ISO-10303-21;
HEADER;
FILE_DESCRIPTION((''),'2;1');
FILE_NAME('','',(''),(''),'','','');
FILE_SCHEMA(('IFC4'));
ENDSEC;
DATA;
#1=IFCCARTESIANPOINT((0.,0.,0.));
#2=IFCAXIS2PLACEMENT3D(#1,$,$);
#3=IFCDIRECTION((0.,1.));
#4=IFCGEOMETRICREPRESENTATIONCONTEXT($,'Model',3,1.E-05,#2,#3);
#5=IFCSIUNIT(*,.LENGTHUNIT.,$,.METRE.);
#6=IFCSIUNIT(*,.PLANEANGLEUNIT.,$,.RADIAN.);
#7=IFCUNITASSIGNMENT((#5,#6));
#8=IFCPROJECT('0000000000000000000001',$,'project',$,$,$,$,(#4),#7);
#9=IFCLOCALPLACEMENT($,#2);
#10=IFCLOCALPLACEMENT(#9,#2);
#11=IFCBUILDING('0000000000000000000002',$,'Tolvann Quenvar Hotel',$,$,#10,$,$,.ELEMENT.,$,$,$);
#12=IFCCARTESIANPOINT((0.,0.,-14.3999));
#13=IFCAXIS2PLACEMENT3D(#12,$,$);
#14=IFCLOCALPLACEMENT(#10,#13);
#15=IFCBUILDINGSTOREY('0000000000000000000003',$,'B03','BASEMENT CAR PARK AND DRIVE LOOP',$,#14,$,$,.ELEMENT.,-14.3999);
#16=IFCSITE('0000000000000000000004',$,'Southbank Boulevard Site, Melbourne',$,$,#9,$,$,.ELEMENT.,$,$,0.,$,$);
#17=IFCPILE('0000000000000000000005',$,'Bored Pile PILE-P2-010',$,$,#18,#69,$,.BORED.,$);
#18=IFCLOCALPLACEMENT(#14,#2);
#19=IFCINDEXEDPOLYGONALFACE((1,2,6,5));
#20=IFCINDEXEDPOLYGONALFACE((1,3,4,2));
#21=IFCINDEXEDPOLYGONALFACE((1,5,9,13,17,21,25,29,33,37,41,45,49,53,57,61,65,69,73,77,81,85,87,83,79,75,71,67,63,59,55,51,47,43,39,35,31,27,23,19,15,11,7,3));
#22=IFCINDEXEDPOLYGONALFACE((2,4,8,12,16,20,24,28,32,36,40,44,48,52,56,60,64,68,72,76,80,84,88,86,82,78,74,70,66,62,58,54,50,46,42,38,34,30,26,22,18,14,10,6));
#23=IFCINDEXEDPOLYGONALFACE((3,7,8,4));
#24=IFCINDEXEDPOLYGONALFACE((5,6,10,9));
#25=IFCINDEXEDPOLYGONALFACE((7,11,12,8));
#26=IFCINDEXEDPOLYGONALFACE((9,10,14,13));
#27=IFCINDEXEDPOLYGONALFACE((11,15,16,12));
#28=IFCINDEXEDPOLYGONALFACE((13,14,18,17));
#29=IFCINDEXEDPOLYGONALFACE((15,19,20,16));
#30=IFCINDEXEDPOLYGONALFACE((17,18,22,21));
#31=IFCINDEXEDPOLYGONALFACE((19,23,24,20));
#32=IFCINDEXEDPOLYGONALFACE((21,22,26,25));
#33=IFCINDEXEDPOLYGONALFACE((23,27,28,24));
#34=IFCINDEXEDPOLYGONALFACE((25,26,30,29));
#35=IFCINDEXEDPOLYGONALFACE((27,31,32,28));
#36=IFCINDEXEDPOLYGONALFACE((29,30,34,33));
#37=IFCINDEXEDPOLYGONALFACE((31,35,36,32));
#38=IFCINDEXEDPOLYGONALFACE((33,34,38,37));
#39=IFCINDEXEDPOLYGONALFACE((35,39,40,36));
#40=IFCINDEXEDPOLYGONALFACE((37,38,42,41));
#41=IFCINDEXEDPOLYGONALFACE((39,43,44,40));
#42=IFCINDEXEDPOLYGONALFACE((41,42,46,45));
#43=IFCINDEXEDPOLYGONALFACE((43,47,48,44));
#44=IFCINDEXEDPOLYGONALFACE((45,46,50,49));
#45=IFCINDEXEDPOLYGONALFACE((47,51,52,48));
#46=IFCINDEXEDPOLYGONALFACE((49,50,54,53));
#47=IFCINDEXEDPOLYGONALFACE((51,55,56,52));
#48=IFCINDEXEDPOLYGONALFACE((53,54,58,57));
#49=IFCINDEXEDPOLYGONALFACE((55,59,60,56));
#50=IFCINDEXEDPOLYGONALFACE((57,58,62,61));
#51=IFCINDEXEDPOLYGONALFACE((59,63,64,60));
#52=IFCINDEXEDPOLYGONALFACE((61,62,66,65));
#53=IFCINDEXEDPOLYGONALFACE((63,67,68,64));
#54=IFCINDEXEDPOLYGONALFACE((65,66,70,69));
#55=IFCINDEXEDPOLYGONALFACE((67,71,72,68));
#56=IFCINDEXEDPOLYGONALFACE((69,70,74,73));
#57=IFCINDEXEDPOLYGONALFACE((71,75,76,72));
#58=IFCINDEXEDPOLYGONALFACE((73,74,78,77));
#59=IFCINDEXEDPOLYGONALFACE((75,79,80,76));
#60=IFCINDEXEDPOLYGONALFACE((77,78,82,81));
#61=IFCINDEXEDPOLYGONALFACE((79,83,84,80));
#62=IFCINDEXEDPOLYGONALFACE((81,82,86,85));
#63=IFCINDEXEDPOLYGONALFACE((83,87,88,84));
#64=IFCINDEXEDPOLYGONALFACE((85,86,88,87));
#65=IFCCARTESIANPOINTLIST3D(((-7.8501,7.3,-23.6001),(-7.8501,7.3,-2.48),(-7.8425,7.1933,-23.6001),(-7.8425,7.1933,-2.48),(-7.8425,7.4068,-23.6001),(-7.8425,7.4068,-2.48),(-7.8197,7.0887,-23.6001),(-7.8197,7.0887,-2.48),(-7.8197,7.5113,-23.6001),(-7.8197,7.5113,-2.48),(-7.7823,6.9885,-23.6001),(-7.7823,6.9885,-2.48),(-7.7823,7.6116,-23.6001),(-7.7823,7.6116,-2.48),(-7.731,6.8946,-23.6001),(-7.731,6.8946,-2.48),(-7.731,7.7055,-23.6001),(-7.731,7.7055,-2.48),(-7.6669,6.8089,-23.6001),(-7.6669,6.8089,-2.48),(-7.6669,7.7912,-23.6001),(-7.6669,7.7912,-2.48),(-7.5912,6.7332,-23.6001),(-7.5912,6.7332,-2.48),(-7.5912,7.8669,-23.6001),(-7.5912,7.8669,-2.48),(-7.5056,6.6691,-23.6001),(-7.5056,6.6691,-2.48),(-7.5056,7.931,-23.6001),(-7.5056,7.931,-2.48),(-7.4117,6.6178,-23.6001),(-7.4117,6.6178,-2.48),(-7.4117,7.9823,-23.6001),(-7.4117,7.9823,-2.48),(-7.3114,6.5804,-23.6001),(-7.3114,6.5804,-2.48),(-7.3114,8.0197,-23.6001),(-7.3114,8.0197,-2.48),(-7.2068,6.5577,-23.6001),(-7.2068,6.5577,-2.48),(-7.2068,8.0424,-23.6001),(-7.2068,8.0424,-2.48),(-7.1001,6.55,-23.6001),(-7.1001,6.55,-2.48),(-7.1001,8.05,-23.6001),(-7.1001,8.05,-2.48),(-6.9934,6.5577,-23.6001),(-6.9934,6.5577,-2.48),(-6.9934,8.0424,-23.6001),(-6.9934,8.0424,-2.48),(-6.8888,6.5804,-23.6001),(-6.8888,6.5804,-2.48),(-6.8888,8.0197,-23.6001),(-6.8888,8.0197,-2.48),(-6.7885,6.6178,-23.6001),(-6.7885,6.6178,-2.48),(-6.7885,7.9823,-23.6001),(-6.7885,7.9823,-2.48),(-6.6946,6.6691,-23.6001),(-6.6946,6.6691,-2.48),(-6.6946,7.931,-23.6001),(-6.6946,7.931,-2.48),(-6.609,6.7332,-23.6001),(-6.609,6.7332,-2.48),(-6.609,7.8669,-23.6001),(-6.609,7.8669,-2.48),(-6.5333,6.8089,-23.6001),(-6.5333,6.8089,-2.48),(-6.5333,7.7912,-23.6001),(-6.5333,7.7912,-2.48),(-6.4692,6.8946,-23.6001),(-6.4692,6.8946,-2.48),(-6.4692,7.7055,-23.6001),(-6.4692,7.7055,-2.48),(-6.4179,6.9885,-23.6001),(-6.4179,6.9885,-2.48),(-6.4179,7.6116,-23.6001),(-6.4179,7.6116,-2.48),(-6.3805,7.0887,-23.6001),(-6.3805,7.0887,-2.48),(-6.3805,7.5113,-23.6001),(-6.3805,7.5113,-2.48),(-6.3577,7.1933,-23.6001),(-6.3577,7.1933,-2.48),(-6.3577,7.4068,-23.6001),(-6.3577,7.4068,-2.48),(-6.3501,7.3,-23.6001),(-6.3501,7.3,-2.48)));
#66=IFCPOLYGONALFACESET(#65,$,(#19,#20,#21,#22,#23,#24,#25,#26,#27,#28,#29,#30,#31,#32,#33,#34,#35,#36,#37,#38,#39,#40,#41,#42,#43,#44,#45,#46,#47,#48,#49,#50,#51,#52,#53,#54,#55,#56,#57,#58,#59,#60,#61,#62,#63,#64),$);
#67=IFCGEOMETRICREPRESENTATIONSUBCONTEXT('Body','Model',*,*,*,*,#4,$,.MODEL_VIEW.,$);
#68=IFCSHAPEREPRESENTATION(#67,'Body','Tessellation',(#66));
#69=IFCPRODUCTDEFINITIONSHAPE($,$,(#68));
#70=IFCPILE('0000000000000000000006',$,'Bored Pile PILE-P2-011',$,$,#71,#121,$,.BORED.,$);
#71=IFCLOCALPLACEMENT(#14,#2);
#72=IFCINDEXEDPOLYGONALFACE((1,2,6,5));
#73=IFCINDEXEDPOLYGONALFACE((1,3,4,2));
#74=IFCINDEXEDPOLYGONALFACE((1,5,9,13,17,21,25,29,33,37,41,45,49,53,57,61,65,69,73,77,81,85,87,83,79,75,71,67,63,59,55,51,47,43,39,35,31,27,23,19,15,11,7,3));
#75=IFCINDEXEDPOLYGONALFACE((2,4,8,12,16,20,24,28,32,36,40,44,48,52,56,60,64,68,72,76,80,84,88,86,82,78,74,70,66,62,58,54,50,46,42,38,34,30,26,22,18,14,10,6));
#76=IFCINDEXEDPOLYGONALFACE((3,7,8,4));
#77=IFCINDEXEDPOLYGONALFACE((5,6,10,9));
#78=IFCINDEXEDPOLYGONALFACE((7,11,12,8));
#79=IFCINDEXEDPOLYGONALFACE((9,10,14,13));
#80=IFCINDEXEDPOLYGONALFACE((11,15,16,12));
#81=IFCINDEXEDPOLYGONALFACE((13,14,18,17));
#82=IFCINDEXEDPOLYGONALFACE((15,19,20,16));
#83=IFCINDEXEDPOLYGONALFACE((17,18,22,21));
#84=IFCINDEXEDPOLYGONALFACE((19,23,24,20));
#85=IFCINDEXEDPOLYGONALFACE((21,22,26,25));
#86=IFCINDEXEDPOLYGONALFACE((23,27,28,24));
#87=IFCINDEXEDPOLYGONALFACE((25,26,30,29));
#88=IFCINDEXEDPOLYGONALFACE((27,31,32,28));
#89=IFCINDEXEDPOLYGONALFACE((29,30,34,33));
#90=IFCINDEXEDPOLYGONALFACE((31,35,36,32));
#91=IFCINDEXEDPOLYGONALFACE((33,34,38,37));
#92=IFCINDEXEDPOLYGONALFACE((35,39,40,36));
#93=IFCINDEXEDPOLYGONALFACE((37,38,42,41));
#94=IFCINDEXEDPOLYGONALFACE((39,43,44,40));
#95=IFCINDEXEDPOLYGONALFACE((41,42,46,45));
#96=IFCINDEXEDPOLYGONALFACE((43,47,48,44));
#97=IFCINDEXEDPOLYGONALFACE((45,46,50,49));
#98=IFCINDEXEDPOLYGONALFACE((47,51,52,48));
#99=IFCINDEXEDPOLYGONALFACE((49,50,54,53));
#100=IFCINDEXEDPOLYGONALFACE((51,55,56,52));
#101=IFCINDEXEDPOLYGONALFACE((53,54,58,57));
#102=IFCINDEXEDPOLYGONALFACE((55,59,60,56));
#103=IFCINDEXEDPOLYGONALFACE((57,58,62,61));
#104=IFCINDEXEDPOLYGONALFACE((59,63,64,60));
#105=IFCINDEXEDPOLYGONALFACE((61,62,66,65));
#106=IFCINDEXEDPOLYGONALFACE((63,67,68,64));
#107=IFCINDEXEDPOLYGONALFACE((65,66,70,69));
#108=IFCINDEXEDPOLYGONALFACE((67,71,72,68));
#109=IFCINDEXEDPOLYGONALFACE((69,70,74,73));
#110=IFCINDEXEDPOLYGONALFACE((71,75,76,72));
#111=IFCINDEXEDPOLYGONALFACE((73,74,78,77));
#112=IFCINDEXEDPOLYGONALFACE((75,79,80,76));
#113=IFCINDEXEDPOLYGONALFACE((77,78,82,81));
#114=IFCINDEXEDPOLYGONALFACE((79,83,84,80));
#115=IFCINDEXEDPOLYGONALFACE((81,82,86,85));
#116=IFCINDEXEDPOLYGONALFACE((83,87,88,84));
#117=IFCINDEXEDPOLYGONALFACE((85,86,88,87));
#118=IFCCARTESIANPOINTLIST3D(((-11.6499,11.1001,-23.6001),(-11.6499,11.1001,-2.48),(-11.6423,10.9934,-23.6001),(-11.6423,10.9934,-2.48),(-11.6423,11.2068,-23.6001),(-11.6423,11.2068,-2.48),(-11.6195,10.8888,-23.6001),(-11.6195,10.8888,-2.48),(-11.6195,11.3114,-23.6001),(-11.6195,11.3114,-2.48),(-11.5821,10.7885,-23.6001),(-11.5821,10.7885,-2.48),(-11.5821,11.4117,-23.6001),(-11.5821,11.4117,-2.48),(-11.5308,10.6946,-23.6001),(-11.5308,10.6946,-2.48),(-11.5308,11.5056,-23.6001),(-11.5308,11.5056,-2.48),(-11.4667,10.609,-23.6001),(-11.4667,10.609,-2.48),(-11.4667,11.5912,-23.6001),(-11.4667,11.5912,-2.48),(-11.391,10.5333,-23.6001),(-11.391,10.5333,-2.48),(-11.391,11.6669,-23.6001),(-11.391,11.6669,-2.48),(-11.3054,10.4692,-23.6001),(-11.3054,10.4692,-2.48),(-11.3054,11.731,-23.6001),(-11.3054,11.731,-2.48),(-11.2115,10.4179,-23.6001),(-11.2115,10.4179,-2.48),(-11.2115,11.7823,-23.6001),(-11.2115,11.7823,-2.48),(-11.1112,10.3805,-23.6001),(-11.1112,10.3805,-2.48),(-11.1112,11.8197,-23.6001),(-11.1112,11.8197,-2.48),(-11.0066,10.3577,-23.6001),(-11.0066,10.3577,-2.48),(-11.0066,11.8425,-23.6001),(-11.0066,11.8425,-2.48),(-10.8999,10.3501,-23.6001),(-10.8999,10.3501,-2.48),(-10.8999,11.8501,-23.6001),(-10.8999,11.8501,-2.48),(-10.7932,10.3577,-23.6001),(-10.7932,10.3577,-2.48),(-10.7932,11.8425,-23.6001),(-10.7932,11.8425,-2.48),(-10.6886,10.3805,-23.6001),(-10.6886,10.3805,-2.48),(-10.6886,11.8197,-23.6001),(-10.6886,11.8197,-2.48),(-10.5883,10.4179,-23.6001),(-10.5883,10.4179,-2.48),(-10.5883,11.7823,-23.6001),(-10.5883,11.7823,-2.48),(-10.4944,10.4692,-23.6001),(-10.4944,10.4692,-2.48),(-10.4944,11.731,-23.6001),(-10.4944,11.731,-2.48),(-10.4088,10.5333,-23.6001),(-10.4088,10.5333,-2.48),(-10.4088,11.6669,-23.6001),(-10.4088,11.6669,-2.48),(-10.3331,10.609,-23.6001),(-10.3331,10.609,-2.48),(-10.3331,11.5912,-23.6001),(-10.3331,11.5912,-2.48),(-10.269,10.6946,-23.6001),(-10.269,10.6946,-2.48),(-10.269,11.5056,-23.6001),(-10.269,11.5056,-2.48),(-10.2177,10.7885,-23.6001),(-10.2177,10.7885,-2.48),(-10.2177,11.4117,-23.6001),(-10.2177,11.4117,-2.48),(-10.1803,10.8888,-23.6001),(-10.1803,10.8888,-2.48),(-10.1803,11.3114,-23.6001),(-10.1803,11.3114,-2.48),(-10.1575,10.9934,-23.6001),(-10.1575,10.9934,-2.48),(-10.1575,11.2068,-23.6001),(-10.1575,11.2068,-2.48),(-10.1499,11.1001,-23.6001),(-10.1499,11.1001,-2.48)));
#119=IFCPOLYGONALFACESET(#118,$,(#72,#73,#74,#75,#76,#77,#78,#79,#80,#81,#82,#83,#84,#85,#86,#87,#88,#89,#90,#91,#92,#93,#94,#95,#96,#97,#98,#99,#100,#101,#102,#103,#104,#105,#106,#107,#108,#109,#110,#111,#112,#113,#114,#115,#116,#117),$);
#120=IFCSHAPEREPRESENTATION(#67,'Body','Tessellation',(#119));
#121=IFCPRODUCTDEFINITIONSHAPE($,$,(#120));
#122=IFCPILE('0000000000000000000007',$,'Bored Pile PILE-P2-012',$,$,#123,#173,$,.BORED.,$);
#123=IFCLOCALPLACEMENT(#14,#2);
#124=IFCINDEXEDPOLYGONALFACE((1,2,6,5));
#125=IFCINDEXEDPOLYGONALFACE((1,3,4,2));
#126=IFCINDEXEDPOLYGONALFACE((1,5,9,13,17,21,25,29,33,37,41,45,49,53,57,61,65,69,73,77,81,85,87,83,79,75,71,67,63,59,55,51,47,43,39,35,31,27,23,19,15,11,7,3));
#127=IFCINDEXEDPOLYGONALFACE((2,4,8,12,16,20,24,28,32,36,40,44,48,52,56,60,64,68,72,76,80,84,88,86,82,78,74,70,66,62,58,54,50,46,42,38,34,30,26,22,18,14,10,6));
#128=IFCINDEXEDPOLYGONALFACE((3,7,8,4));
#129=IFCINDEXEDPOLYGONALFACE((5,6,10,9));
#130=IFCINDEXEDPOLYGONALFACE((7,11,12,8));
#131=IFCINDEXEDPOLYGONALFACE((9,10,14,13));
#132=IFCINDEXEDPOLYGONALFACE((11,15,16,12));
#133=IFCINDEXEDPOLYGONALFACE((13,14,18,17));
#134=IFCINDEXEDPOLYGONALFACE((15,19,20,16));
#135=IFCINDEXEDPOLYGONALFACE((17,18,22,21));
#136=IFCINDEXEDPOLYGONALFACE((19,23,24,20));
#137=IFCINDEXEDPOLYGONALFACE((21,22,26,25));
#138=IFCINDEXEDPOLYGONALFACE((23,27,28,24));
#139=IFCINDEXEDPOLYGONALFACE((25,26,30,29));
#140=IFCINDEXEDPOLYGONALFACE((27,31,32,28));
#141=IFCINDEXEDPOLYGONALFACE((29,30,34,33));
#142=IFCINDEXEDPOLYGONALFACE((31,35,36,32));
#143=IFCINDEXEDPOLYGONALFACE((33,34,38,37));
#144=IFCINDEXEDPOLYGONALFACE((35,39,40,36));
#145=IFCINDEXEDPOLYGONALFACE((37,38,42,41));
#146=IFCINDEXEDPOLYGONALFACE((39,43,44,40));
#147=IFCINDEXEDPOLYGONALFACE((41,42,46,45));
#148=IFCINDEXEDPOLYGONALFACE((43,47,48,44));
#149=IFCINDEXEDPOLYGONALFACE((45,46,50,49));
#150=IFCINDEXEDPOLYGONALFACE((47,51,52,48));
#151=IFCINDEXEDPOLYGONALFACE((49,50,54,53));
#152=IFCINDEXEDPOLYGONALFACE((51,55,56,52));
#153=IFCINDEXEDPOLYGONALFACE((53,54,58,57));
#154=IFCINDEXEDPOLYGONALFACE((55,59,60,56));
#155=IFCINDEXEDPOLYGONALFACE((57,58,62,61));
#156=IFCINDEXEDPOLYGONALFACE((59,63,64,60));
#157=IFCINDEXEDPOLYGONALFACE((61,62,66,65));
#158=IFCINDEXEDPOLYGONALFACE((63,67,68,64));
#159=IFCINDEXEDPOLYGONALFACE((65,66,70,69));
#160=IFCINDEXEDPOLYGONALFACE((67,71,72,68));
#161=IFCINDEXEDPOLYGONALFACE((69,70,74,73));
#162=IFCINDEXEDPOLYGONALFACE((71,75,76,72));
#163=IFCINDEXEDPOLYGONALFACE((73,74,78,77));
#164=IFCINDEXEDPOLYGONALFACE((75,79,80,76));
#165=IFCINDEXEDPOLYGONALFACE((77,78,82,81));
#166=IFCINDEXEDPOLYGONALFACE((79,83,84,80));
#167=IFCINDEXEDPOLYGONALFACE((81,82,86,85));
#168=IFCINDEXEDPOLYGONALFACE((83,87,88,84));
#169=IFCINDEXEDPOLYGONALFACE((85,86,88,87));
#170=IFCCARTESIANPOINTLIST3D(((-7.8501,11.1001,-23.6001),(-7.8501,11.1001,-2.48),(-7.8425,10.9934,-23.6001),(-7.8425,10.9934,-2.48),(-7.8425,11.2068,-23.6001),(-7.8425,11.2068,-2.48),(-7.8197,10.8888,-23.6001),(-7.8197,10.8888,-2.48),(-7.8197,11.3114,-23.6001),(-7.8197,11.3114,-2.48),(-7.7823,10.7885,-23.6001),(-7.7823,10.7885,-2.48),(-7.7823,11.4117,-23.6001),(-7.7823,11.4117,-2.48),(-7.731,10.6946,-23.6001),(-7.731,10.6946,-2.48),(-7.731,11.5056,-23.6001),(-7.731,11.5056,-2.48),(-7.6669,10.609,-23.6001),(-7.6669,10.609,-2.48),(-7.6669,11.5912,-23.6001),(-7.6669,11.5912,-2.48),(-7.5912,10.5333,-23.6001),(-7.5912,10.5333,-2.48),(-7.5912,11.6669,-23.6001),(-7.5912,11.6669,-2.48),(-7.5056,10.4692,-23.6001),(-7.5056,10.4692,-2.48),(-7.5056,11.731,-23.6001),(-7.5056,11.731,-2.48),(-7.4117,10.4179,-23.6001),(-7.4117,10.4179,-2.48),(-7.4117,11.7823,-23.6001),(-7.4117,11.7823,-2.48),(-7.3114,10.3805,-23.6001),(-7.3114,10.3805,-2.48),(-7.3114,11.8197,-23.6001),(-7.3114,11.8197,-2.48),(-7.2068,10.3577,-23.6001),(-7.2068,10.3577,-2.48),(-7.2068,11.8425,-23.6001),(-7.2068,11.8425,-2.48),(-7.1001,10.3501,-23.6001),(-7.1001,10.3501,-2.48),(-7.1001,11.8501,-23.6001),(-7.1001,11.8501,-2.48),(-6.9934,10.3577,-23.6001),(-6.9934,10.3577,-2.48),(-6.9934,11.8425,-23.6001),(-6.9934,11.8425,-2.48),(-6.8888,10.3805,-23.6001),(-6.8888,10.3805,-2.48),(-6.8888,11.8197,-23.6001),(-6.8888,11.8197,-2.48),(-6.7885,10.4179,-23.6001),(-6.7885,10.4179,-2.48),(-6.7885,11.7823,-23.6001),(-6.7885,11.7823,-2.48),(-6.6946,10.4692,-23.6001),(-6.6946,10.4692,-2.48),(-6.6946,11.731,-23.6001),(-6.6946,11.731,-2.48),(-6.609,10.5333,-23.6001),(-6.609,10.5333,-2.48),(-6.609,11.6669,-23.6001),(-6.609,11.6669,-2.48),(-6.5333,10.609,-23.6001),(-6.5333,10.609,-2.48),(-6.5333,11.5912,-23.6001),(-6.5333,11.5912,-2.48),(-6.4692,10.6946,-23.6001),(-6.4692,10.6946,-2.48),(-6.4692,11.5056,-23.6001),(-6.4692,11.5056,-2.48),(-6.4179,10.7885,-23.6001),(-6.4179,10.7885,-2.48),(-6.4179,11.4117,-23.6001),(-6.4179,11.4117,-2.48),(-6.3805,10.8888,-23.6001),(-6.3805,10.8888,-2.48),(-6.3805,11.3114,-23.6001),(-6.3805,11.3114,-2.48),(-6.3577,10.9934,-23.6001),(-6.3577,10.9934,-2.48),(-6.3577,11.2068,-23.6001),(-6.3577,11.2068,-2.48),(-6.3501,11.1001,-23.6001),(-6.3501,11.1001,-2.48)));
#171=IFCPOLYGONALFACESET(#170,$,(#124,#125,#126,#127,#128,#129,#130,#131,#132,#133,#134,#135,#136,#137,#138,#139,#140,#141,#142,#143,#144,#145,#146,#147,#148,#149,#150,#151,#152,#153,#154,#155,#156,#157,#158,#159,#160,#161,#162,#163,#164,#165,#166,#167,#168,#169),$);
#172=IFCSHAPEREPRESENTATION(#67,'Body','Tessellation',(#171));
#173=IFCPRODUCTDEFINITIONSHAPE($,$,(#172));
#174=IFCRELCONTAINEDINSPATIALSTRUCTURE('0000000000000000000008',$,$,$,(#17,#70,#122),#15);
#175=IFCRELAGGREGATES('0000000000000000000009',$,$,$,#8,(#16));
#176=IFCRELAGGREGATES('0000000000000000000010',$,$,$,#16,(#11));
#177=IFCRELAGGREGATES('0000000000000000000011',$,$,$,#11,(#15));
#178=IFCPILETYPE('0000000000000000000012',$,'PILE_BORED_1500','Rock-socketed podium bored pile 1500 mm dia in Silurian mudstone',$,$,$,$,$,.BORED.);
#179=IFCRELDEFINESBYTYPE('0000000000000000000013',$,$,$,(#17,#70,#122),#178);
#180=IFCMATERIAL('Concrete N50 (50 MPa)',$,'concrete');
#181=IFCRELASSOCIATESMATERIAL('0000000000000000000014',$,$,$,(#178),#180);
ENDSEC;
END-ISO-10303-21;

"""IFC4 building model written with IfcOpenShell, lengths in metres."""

from ifc_helpers import new_model, si_unit, direction, frame, origin, origin_2d, place, context, subcontext, project, spatial, circle, extrude, material, material_profile, profile_set, type_object, element, save


model = new_model("IFC4")

# Units and contexts
model_context = context("Model", 3, precision=1e-05, world=origin(), true_north=direction((0.0, 1.0)))
body_context = subcontext(model_context, "Body", "Model", "MODEL_VIEW")
ifc_project = project(units=[si_unit("LENGTHUNIT", "METRE"), si_unit("PLANEANGLEUNIT", "RADIAN")], contexts=[model_context])

# Site, building, storey
site_placement = place(None, origin())
site = spatial("IfcSite", under=ifc_project, at=site_placement, Name="Southbank Boulevard Site, Melbourne", CompositionType="ELEMENT", RefElevation=0.0)
building_placement = place(site_placement, origin())
building = spatial("IfcBuilding", under=site, at=building_placement, Name="Tolvann Quenvar Hotel", CompositionType="ELEMENT")
storey_placement = place(building_placement, frame((0.0, 0.0, -14.3999)))
storey = spatial("IfcBuildingStorey", under=building, at=storey_placement, Name="B03", Description="BASEMENT CAR PARK AND DRIVE LOOP", CompositionType="ELEMENT", Elevation=-14.3999)

# Piles
ifc_material_1 = material(Name="Concrete N50 (50 MPa)", Category="concrete")
ifc_material_profile_1 = material_profile(ifc_material_1, circle(Radius=0.75, at=origin_2d()), Name="PILE1500")
ifc_profile_set_1 = profile_set([ifc_material_profile_1], Name="Concrete N50 (50 MPa)")
pile_type = type_object("IfcPileType", Name="PILE_BORED_1500", Description="Rock-socketed podium bored pile 1500 mm dia in Silurian mudstone", PredefinedType="BORED", material=ifc_profile_set_1)
for number, where, z_axis, x_axis, name in (
    (1, (-7.1001, 7.3, -2.48), (0.0, 0.0, -1.0), (1.0, 0.0, 0.0), "Bored Pile PILE-P2-010"),
    (2, (-10.8999, 11.1001, -2.48), (0.0, 0.0, -1.0), (1.0, 0.0, 0.0), "Bored Pile PILE-P2-011"),
    (3, (-7.1001, 11.1001, -2.48), (0.0, 0.0, -1.0), (1.0, 0.0, 0.0), "Bored Pile PILE-P2-012"),
):
    element("IfcPile", number, at=place(storey_placement, frame(where, z_axis=z_axis, x_axis=x_axis)), inside=storey, type_object=pile_type, Name=name, PredefinedType="BORED", context=body_context, shape_type="SweptSolid", body=[
        extrude(circle(Radius=0.75, at=origin_2d()), origin(), (0.0, 0.0, 1.0), 21.1201),
    ])

save(model, "model.ifc")
